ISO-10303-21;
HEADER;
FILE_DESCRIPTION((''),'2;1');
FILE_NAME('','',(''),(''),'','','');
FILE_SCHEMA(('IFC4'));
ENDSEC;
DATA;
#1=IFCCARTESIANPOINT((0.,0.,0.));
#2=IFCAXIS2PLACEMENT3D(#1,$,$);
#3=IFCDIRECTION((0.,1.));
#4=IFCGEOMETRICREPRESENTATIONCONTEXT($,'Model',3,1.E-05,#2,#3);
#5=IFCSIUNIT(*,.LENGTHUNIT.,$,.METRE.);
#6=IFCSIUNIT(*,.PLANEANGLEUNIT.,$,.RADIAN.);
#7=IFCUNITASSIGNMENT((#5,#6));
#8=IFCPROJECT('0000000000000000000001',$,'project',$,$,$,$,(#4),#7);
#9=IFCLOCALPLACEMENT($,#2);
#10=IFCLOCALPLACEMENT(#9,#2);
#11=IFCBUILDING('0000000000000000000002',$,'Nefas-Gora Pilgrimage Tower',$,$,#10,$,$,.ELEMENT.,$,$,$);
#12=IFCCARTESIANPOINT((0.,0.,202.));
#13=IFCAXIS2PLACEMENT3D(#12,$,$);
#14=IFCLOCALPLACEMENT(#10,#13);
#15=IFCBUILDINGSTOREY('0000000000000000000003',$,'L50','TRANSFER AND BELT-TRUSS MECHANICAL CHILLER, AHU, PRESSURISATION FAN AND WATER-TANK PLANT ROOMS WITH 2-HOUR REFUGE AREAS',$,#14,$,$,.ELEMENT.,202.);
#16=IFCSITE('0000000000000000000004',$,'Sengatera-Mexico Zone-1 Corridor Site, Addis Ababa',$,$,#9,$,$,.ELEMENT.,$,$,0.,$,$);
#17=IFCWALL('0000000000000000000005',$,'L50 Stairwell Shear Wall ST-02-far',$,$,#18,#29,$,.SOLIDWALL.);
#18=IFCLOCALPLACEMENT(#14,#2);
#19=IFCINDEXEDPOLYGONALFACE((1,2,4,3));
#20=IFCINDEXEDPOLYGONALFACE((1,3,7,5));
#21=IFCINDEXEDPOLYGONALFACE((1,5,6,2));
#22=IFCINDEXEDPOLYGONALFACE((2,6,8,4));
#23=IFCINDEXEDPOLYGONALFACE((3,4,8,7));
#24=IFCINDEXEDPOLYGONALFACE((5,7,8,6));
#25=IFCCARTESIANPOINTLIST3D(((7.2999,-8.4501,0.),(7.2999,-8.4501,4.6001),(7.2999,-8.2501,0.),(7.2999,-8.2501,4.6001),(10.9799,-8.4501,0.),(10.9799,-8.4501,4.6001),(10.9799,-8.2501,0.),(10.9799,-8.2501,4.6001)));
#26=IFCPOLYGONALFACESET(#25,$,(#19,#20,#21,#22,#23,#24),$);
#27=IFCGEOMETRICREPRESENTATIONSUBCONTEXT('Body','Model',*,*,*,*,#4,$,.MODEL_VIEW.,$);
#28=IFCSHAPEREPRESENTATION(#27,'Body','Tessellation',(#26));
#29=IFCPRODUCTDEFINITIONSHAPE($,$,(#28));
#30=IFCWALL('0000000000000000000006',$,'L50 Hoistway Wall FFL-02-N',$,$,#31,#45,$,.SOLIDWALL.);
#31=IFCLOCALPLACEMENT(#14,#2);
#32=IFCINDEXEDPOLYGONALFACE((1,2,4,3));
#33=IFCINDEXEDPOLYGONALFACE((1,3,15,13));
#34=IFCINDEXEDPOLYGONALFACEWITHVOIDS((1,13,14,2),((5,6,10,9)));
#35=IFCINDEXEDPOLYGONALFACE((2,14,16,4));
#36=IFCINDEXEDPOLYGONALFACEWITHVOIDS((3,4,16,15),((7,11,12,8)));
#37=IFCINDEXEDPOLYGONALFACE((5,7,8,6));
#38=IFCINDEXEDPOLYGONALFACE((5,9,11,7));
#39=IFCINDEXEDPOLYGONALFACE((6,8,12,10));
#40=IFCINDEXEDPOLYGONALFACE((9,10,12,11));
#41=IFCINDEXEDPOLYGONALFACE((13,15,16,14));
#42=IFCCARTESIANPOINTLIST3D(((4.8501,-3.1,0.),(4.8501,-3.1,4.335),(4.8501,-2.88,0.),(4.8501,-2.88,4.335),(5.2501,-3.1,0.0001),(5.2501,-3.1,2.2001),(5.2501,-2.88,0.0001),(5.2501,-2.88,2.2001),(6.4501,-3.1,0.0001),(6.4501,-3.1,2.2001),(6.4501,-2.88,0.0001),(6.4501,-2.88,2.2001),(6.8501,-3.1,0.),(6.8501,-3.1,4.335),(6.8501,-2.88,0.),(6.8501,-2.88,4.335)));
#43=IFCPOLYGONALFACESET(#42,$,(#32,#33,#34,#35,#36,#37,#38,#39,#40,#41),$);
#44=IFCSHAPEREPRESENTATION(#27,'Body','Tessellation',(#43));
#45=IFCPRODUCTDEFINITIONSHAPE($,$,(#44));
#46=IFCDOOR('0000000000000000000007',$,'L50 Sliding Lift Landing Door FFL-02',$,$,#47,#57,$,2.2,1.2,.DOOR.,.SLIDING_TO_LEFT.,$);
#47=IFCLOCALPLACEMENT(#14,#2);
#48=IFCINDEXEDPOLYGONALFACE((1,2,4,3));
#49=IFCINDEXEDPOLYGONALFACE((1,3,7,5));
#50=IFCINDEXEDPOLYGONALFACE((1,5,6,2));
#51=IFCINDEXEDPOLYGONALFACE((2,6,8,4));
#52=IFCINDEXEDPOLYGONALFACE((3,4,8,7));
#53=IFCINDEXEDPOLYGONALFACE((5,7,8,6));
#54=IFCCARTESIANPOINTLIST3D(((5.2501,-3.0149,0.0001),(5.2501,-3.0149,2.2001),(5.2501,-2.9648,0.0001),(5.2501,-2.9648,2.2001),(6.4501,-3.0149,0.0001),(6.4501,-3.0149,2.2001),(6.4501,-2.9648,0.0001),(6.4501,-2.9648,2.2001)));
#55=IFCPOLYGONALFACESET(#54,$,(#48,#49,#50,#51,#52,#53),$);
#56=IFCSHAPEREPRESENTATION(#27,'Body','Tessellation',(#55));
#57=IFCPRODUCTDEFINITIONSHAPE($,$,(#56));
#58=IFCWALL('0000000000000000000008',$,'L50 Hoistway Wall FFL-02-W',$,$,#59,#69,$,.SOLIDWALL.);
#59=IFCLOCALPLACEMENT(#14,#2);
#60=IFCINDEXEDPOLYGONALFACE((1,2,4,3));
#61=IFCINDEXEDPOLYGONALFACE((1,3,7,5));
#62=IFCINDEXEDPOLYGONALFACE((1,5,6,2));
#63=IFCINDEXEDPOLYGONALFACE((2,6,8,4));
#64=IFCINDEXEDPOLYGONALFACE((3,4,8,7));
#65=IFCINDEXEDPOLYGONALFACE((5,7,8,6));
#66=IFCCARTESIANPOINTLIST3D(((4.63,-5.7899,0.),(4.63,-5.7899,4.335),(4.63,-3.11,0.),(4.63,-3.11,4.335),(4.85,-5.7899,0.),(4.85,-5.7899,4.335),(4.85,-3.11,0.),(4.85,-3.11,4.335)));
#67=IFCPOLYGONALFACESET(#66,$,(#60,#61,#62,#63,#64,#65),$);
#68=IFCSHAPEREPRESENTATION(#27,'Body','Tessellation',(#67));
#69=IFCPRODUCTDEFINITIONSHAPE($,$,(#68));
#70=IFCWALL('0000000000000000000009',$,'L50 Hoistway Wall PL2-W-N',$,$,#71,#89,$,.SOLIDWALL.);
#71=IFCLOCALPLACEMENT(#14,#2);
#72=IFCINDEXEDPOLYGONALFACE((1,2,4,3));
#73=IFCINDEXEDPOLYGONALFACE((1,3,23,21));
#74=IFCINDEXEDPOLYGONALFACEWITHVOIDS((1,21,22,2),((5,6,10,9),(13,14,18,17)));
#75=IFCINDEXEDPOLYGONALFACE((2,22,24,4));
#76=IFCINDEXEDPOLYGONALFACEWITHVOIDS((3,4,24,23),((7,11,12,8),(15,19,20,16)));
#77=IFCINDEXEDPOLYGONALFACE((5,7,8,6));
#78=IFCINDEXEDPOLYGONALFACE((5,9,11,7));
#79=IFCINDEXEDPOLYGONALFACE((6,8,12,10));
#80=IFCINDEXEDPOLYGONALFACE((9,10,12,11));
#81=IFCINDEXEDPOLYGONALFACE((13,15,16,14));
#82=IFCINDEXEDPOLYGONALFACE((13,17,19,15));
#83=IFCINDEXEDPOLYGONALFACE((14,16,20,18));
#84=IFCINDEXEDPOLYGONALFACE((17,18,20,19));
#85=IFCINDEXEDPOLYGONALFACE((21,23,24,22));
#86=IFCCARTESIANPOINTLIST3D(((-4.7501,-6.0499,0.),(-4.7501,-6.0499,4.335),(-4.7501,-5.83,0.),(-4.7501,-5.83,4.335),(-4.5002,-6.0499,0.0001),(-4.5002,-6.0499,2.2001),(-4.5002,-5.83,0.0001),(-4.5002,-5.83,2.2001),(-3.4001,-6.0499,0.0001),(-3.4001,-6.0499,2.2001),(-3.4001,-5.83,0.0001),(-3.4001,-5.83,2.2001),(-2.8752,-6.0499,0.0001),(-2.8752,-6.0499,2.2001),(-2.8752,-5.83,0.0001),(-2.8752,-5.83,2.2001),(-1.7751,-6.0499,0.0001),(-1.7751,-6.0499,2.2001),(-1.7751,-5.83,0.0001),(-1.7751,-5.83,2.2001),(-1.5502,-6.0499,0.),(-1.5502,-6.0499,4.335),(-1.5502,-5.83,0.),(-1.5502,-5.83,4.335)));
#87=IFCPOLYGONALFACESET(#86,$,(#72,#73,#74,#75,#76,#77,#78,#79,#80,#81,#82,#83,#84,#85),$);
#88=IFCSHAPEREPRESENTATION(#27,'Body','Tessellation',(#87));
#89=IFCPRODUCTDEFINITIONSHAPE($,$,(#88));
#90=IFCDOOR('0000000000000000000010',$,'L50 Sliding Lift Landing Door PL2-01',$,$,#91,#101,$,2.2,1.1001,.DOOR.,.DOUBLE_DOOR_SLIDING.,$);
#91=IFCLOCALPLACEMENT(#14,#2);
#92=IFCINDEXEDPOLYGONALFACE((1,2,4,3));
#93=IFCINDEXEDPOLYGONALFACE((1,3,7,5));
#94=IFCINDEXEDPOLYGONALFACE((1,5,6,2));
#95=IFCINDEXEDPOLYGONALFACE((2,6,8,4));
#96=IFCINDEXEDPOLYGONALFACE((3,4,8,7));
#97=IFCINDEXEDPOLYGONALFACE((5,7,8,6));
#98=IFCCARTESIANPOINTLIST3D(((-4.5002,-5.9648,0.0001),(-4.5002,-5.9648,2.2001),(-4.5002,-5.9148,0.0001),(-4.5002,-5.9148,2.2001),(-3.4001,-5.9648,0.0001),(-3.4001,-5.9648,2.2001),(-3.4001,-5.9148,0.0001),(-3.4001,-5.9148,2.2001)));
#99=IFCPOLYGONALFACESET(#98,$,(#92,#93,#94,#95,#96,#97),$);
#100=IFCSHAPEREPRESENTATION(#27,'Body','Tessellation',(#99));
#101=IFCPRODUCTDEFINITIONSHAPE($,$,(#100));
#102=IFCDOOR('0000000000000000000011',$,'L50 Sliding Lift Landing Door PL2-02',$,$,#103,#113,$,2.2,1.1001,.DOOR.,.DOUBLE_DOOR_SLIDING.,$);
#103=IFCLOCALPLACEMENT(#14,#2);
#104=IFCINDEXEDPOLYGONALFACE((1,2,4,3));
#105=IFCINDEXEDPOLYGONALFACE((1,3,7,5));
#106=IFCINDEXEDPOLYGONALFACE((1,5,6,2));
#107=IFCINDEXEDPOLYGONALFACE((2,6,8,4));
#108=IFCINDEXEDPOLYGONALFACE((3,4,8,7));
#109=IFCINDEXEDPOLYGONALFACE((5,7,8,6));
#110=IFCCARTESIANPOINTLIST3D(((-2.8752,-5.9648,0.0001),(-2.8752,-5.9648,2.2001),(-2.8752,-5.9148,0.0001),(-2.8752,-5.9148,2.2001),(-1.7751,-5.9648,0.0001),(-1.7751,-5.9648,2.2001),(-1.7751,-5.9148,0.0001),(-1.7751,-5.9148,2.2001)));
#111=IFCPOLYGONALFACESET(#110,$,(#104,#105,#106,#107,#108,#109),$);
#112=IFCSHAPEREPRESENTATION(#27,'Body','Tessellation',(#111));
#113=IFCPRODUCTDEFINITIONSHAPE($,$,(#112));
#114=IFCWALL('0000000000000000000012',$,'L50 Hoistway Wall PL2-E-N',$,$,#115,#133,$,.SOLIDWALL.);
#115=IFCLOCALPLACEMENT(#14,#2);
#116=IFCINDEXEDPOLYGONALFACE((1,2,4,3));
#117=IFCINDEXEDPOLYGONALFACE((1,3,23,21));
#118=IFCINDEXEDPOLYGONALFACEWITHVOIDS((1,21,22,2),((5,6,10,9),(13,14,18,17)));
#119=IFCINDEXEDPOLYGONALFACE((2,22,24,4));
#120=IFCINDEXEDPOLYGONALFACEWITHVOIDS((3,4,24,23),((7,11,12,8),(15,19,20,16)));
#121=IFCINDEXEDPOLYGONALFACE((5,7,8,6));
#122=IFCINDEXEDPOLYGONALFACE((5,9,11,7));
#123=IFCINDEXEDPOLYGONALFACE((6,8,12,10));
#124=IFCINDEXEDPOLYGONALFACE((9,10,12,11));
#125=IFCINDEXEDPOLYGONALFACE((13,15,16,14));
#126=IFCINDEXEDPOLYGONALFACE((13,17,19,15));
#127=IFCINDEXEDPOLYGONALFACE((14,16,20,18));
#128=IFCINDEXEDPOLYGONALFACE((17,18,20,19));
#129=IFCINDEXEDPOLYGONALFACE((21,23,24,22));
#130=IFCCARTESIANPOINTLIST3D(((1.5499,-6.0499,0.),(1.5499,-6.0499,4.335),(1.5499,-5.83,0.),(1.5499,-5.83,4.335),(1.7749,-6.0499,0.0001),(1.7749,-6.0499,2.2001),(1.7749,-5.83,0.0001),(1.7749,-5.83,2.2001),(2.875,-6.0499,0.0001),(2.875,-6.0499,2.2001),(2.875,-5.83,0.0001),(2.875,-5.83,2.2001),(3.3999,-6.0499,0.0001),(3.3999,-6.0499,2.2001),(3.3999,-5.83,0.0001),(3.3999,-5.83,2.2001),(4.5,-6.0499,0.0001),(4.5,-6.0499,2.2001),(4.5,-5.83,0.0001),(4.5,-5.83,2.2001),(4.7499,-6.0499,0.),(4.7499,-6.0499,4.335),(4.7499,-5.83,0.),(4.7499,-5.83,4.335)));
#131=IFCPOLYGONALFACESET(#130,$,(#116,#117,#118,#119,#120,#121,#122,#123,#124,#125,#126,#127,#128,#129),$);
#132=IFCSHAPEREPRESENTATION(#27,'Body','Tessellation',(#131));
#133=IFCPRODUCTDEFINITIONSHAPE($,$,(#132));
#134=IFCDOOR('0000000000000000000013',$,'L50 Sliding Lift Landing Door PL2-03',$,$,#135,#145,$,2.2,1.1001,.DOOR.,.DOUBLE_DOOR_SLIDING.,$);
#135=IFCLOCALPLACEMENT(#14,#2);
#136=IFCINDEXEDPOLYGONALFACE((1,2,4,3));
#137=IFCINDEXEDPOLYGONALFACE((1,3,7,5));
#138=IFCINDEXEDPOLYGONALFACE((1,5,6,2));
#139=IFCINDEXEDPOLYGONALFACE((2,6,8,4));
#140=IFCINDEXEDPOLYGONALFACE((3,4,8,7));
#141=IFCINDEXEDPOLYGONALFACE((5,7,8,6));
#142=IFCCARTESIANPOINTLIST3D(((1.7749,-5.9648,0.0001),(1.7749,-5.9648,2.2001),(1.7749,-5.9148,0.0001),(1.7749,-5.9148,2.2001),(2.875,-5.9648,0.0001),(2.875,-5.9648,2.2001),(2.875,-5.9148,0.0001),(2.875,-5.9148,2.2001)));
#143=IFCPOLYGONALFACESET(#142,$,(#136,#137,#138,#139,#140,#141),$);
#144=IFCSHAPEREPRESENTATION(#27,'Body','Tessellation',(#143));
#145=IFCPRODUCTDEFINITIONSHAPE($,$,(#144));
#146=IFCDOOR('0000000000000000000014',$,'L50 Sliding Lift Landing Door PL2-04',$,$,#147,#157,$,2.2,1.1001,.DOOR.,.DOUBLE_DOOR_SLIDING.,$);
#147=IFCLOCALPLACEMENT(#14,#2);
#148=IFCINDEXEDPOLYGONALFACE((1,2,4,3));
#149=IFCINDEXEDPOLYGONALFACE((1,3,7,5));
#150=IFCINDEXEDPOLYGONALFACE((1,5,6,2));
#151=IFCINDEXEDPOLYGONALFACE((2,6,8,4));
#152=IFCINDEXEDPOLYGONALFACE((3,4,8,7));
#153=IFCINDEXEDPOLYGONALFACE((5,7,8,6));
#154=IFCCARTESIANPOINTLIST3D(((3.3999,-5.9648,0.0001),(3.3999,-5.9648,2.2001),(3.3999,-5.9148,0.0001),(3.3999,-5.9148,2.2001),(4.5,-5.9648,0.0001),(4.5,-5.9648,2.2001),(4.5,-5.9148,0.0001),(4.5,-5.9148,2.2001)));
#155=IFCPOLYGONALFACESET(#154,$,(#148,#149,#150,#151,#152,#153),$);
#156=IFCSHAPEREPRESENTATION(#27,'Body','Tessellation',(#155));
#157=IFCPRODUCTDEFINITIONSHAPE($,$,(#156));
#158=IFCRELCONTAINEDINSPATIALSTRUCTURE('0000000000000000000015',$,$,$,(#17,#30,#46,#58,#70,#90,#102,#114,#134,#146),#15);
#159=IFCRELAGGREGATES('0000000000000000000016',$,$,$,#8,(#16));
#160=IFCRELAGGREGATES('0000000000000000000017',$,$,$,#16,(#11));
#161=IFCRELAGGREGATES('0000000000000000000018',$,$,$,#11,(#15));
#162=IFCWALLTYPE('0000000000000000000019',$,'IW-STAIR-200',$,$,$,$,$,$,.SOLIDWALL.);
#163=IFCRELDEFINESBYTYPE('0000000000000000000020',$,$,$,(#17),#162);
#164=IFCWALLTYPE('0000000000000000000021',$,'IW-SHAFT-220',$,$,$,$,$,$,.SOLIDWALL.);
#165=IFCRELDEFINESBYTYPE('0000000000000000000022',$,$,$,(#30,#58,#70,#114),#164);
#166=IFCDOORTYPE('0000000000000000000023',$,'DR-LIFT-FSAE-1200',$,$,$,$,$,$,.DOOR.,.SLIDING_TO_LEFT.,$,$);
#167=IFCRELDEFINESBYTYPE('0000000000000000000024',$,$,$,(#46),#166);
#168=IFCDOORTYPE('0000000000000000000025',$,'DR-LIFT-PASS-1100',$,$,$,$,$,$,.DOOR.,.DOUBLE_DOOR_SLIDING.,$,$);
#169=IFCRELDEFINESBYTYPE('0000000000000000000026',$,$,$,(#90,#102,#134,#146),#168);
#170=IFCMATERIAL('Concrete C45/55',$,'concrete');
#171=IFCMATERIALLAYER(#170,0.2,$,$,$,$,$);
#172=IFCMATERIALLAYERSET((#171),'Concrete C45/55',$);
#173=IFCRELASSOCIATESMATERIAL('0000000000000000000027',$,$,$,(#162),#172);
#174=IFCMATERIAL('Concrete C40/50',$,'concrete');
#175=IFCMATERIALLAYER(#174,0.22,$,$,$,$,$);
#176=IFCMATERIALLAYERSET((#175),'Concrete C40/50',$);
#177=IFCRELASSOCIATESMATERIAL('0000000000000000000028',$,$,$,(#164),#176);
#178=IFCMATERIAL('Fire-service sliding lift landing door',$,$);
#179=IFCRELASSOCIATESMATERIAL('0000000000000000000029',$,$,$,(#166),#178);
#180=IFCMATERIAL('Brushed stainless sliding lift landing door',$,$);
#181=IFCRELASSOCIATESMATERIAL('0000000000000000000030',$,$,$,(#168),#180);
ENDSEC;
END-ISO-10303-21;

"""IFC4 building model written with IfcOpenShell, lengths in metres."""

from ifc_helpers import new_model, si_unit, direction, frame, frame_2d, origin, place, context, subcontext, project, spatial, rectangle, extrude, source, transform, mapped, material, layer, layer_set, type_object, element, fill, save


model = new_model("IFC4")

# Units and contexts
model_context = context("Model", 3, precision=1e-05, world=origin(), true_north=direction((0.0, 1.0)))
body_context = subcontext(model_context, "Body", "Model", "MODEL_VIEW")
ifc_project = project(units=[si_unit("LENGTHUNIT", "METRE"), si_unit("PLANEANGLEUNIT", "RADIAN")], contexts=[model_context])

# Site, building, storey
site_placement = place(None, origin())
site = spatial("IfcSite", under=ifc_project, at=site_placement, Name="Sengatera-Mexico Zone-1 Corridor Site, Addis Ababa", CompositionType="ELEMENT", RefElevation=0.0)
building_placement = place(site_placement, origin())
building = spatial("IfcBuilding", under=site, at=building_placement, Name="Nefas-Gora Pilgrimage Tower", CompositionType="ELEMENT")
storey_placement = place(building_placement, frame((0.0, 0.0, 202.0)))
storey = spatial("IfcBuildingStorey", under=building, at=storey_placement, Name="L50", Description="TRANSFER AND BELT-TRUSS MECHANICAL CHILLER, AHU, PRESSURISATION FAN AND WATER-TANK PLANT ROOMS WITH 2-HOUR REFUGE AREAS", CompositionType="ELEMENT", Elevation=202.0)

# Wall
ifc_material_1 = material(Name="Concrete C45/55", Category="concrete")
ifc_layer_1 = layer(ifc_material_1, 0.2)
ifc_layer_set_1 = layer_set([ifc_layer_1], Name="Concrete C45/55")
wall_type_1 = type_object("IfcWallType", Name="IW-STAIR-200", PredefinedType="SOLIDWALL", material=ifc_layer_set_1)
shared_shape_1 = source(origin(), body_context, "Body", "SweptSolid", [
    extrude(rectangle(XDim=3.6799, YDim=0.2, at=frame_2d((1.8398, 0.0))), origin(), (0.0, 0.0, 1.0), 4.6001),
])
wall_1_placement = place(storey_placement, frame((7.3, -8.3501, 0.0), z_axis=(0.0, 0.0, 1.0), x_axis=(1.0, 0.0, 0.0)))
element("IfcWall", 1, at=wall_1_placement, inside=storey, type_object=wall_type_1, Name="L50 Stairwell Shear Wall ST-02-far", PredefinedType="SOLIDWALL", context=body_context, shape_type="MappedRepresentation", body=[
    mapped(shared_shape_1, transform((0.0, 0.0, 0.0), x_axis=(1.0, 0.0, 0.0), y_axis=(0.0, 1.0, 0.0), z_axis=(0.0, 0.0, 1.0), scale=1.0)),
])

# Wall, opening, door
ifc_material_2 = material(Name="Concrete C40/50", Category="concrete")
ifc_layer_2 = layer(ifc_material_2, 0.22)
ifc_layer_set_2 = layer_set([ifc_layer_2], Name="Concrete C40/50")
wall_type_2 = type_object("IfcWallType", Name="IW-SHAFT-220", PredefinedType="SOLIDWALL", material=ifc_layer_set_2)
shared_shape_2 = source(origin(), body_context, "Body", "SweptSolid", [
    extrude(rectangle(XDim=2.0, YDim=0.22, at=frame_2d((1.0, 0.0))), origin(), (0.0, 0.0, 1.0), 4.335),
])
wall_2_placement = place(storey_placement, frame((6.8501, -2.99, 0.0), z_axis=(0.0, 0.0, 1.0), x_axis=(-1.0, 0.0, 0.0)))
wall_2 = element("IfcWall", 2, at=wall_2_placement, inside=storey, type_object=wall_type_2, Name="L50 Hoistway Wall FFL-02-N", PredefinedType="SOLIDWALL", context=body_context, shape_type="MappedRepresentation", body=[
    mapped(shared_shape_2, transform((0.0, 0.0, 0.0), x_axis=(1.0, 0.0, 0.0), y_axis=(0.0, 1.0, 0.0), z_axis=(0.0, 0.0, 1.0), scale=1.0)),
])
opening_1_placement = place(wall_2_placement, frame((0.3999, 0.0, 0.0)))
opening_1 = element("IfcOpeningElement", 3, at=opening_1_placement, cuts=wall_2, PredefinedType="OPENING", context=body_context, shape_type="SweptSolid", body=[
    extrude(rectangle(XDim=1.2, YDim=2.2, at=frame_2d((0.6001, 1.1001))), frame((0.0, 0.1199, 0.0), z_axis=(0.0, -1.0, 0.0), x_axis=(1.0, 0.0, 0.0)), (0.0, 0.0, 1.0), 0.24),
])
ifc_material_3 = material(Name="Fire-service sliding lift landing door")
door_type_1 = type_object("IfcDoorType", Name="DR-LIFT-FSAE-1200", OperationType="SLIDING_TO_LEFT", PredefinedType="DOOR", material=ifc_material_3)
shared_shape_3 = source(origin(), body_context, "Body", "SweptSolid", [
    extrude(rectangle(XDim=1.2, YDim=2.2, at=frame_2d((0.6001, 1.1001))), frame((0.0, 0.0249, 0.0), z_axis=(0.0, -1.0, 0.0), x_axis=(1.0, 0.0, 0.0)), (0.0, 0.0, 1.0), 0.05),
])
door_1_placement = place(opening_1_placement, origin())
door_1 = element("IfcDoor", 4, at=door_1_placement, inside=storey, type_object=door_type_1, Name="L50 Sliding Lift Landing Door FFL-02", OperationType="SLIDING_TO_LEFT", OverallHeight=2.2, OverallWidth=1.2, PredefinedType="DOOR", context=body_context, shape_type="MappedRepresentation", body=[
    mapped(shared_shape_3, transform((0.0, 0.0, 0.0), x_axis=(1.0, 0.0, 0.0), y_axis=(0.0, 1.0, 0.0), z_axis=(0.0, 0.0, 1.0), scale=1.0)),
])
fill(opening_1, door_1)

# Wall
shared_shape_4 = source(origin(), body_context, "Body", "SweptSolid", [
    extrude(rectangle(XDim=2.6799, YDim=0.22, at=frame_2d((1.3398, 0.0))), origin(), (0.0, 0.0, 1.0), 4.335),
])
wall_3_placement = place(storey_placement, frame((4.74, -3.1101, 0.0), z_axis=(0.0, 0.0, 1.0), x_axis=(0.0, -1.0, 0.0)))
element("IfcWall", 5, at=wall_3_placement, inside=storey, type_object=wall_type_2, Name="L50 Hoistway Wall FFL-02-W", PredefinedType="SOLIDWALL", context=body_context, shape_type="MappedRepresentation", body=[
    mapped(shared_shape_4, transform((0.0, 0.0, 0.0), x_axis=(1.0, 0.0, 0.0), y_axis=(0.0, 1.0, 0.0), z_axis=(0.0, 0.0, 1.0), scale=1.0)),
])

# Walls, openings, doors
shared_shape_5 = source(origin(), body_context, "Body", "SweptSolid", [
    extrude(rectangle(XDim=3.2, YDim=0.22, at=frame_2d((1.6001, 0.0))), origin(), (0.0, 0.0, 1.0), 4.335),
])
wall_4_placement = place(storey_placement, frame((-1.55, -5.9399, 0.0), z_axis=(0.0, 0.0, 1.0), x_axis=(-1.0, 0.0, 0.0)))
wall_4 = element("IfcWall", 6, at=wall_4_placement, inside=storey, type_object=wall_type_2, Name="L50 Hoistway Wall PL2-W-N", PredefinedType="SOLIDWALL", context=body_context, shape_type="MappedRepresentation", body=[
    mapped(shared_shape_5, transform((0.0, 0.0, 0.0), x_axis=(1.0, 0.0, 0.0), y_axis=(0.0, 1.0, 0.0), z_axis=(0.0, 0.0, 1.0), scale=1.0)),
])
opening_2_placement = place(wall_4_placement, frame((1.8501, 0.0, 0.0)))
opening_2 = element("IfcOpeningElement", 7, at=opening_2_placement, cuts=wall_4, PredefinedType="OPENING", context=body_context, shape_type="SweptSolid", body=[
    extrude(rectangle(XDim=1.1001, YDim=2.2, at=frame_2d((0.55, 1.1001))), frame((0.0, 0.1199, 0.0), z_axis=(0.0, -1.0, 0.0), x_axis=(1.0, 0.0, 0.0)), (0.0, 0.0, 1.0), 0.24),
])
opening_3_placement = place(wall_4_placement, frame((0.2251, 0.0, 0.0)))
opening_3 = element("IfcOpeningElement", 8, at=opening_3_placement, cuts=wall_4, PredefinedType="OPENING", context=body_context, shape_type="SweptSolid", body=[
    extrude(rectangle(XDim=1.1001, YDim=2.2, at=frame_2d((0.55, 1.1001))), frame((0.0, 0.1199, 0.0), z_axis=(0.0, -1.0, 0.0), x_axis=(1.0, 0.0, 0.0)), (0.0, 0.0, 1.0), 0.24),
])
ifc_material_4 = material(Name="Brushed stainless sliding lift landing door")
door_type_2 = type_object("IfcDoorType", Name="DR-LIFT-PASS-1100", OperationType="DOUBLE_DOOR_SLIDING", PredefinedType="DOOR", material=ifc_material_4)
shared_shape_6 = source(origin(), body_context, "Body", "SweptSolid", [
    extrude(rectangle(XDim=1.1001, YDim=2.2, at=frame_2d((0.55, 1.1001))), frame((0.0, 0.0249, 0.0), z_axis=(0.0, -1.0, 0.0), x_axis=(1.0, 0.0, 0.0)), (0.0, 0.0, 1.0), 0.05),
])
door_2_placement = place(opening_2_placement, origin())
door_2 = element("IfcDoor", 9, at=door_2_placement, inside=storey, type_object=door_type_2, Name="L50 Sliding Lift Landing Door PL2-01", OperationType="DOUBLE_DOOR_SLIDING", OverallHeight=2.2, OverallWidth=1.1001, PredefinedType="DOOR", context=body_context, shape_type="MappedRepresentation", body=[
    mapped(shared_shape_6, transform((0.0, 0.0, 0.0), x_axis=(1.0, 0.0, 0.0), y_axis=(0.0, 1.0, 0.0), z_axis=(0.0, 0.0, 1.0), scale=1.0)),
])
fill(opening_2, door_2)
door_3_placement = place(opening_3_placement, origin())
door_3 = element("IfcDoor", 10, at=door_3_placement, inside=storey, type_object=door_type_2, Name="L50 Sliding Lift Landing Door PL2-02", OperationType="DOUBLE_DOOR_SLIDING", OverallHeight=2.2, OverallWidth=1.1001, PredefinedType="DOOR", context=body_context, shape_type="MappedRepresentation", body=[
    mapped(shared_shape_6, transform((0.0, 0.0, 0.0), x_axis=(1.0, 0.0, 0.0), y_axis=(0.0, 1.0, 0.0), z_axis=(0.0, 0.0, 1.0), scale=1.0)),
])
fill(opening_3, door_3)
wall_5_placement = place(storey_placement, frame((4.75, -5.9399, 0.0), z_axis=(0.0, 0.0, 1.0), x_axis=(-1.0, 0.0, 0.0)))
wall_5 = element("IfcWall", 11, at=wall_5_placement, inside=storey, type_object=wall_type_2, Name="L50 Hoistway Wall PL2-E-N", PredefinedType="SOLIDWALL", context=body_context, shape_type="MappedRepresentation", body=[
    mapped(shared_shape_5, transform((0.0, 0.0, 0.0), x_axis=(1.0, 0.0, 0.0), y_axis=(0.0, 1.0, 0.0), z_axis=(0.0, 0.0, 1.0), scale=1.0)),
])
opening_4_placement = place(wall_5_placement, frame((1.875, 0.0, 0.0)))
opening_4 = element("IfcOpeningElement", 12, at=opening_4_placement, cuts=wall_5, PredefinedType="OPENING", context=body_context, shape_type="SweptSolid", body=[
    extrude(rectangle(XDim=1.1001, YDim=2.2, at=frame_2d((0.55, 1.1001))), frame((0.0, 0.1199, 0.0), z_axis=(0.0, -1.0, 0.0), x_axis=(1.0, 0.0, 0.0)), (0.0, 0.0, 1.0), 0.24),
])
opening_5_placement = place(wall_5_placement, frame((0.25, 0.0, 0.0)))
opening_5 = element("IfcOpeningElement", 13, at=opening_5_placement, cuts=wall_5, PredefinedType="OPENING", context=body_context, shape_type="SweptSolid", body=[
    extrude(rectangle(XDim=1.1001, YDim=2.2, at=frame_2d((0.55, 1.1001))), frame((0.0, 0.1199, 0.0), z_axis=(0.0, -1.0, 0.0), x_axis=(1.0, 0.0, 0.0)), (0.0, 0.0, 1.0), 0.24),
])
door_4_placement = place(opening_4_placement, origin())
door_4 = element("IfcDoor", 14, at=door_4_placement, inside=storey, type_object=door_type_2, Name="L50 Sliding Lift Landing Door PL2-03", OperationType="DOUBLE_DOOR_SLIDING", OverallHeight=2.2, OverallWidth=1.1001, PredefinedType="DOOR", context=body_context, shape_type="MappedRepresentation", body=[
    mapped(shared_shape_6, transform((0.0, 0.0, 0.0), x_axis=(1.0, 0.0, 0.0), y_axis=(0.0, 1.0, 0.0), z_axis=(0.0, 0.0, 1.0), scale=1.0)),
])
fill(opening_4, door_4)
door_5_placement = place(opening_5_placement, origin())
door_5 = element("IfcDoor", 15, at=door_5_placement, inside=storey, type_object=door_type_2, Name="L50 Sliding Lift Landing Door PL2-04", OperationType="DOUBLE_DOOR_SLIDING", OverallHeight=2.2, OverallWidth=1.1001, PredefinedType="DOOR", context=body_context, shape_type="MappedRepresentation", body=[
    mapped(shared_shape_6, transform((0.0, 0.0, 0.0), x_axis=(1.0, 0.0, 0.0), y_axis=(0.0, 1.0, 0.0), z_axis=(0.0, 0.0, 1.0), scale=1.0)),
])
fill(opening_5, door_5)

save(model, "model.ifc")
